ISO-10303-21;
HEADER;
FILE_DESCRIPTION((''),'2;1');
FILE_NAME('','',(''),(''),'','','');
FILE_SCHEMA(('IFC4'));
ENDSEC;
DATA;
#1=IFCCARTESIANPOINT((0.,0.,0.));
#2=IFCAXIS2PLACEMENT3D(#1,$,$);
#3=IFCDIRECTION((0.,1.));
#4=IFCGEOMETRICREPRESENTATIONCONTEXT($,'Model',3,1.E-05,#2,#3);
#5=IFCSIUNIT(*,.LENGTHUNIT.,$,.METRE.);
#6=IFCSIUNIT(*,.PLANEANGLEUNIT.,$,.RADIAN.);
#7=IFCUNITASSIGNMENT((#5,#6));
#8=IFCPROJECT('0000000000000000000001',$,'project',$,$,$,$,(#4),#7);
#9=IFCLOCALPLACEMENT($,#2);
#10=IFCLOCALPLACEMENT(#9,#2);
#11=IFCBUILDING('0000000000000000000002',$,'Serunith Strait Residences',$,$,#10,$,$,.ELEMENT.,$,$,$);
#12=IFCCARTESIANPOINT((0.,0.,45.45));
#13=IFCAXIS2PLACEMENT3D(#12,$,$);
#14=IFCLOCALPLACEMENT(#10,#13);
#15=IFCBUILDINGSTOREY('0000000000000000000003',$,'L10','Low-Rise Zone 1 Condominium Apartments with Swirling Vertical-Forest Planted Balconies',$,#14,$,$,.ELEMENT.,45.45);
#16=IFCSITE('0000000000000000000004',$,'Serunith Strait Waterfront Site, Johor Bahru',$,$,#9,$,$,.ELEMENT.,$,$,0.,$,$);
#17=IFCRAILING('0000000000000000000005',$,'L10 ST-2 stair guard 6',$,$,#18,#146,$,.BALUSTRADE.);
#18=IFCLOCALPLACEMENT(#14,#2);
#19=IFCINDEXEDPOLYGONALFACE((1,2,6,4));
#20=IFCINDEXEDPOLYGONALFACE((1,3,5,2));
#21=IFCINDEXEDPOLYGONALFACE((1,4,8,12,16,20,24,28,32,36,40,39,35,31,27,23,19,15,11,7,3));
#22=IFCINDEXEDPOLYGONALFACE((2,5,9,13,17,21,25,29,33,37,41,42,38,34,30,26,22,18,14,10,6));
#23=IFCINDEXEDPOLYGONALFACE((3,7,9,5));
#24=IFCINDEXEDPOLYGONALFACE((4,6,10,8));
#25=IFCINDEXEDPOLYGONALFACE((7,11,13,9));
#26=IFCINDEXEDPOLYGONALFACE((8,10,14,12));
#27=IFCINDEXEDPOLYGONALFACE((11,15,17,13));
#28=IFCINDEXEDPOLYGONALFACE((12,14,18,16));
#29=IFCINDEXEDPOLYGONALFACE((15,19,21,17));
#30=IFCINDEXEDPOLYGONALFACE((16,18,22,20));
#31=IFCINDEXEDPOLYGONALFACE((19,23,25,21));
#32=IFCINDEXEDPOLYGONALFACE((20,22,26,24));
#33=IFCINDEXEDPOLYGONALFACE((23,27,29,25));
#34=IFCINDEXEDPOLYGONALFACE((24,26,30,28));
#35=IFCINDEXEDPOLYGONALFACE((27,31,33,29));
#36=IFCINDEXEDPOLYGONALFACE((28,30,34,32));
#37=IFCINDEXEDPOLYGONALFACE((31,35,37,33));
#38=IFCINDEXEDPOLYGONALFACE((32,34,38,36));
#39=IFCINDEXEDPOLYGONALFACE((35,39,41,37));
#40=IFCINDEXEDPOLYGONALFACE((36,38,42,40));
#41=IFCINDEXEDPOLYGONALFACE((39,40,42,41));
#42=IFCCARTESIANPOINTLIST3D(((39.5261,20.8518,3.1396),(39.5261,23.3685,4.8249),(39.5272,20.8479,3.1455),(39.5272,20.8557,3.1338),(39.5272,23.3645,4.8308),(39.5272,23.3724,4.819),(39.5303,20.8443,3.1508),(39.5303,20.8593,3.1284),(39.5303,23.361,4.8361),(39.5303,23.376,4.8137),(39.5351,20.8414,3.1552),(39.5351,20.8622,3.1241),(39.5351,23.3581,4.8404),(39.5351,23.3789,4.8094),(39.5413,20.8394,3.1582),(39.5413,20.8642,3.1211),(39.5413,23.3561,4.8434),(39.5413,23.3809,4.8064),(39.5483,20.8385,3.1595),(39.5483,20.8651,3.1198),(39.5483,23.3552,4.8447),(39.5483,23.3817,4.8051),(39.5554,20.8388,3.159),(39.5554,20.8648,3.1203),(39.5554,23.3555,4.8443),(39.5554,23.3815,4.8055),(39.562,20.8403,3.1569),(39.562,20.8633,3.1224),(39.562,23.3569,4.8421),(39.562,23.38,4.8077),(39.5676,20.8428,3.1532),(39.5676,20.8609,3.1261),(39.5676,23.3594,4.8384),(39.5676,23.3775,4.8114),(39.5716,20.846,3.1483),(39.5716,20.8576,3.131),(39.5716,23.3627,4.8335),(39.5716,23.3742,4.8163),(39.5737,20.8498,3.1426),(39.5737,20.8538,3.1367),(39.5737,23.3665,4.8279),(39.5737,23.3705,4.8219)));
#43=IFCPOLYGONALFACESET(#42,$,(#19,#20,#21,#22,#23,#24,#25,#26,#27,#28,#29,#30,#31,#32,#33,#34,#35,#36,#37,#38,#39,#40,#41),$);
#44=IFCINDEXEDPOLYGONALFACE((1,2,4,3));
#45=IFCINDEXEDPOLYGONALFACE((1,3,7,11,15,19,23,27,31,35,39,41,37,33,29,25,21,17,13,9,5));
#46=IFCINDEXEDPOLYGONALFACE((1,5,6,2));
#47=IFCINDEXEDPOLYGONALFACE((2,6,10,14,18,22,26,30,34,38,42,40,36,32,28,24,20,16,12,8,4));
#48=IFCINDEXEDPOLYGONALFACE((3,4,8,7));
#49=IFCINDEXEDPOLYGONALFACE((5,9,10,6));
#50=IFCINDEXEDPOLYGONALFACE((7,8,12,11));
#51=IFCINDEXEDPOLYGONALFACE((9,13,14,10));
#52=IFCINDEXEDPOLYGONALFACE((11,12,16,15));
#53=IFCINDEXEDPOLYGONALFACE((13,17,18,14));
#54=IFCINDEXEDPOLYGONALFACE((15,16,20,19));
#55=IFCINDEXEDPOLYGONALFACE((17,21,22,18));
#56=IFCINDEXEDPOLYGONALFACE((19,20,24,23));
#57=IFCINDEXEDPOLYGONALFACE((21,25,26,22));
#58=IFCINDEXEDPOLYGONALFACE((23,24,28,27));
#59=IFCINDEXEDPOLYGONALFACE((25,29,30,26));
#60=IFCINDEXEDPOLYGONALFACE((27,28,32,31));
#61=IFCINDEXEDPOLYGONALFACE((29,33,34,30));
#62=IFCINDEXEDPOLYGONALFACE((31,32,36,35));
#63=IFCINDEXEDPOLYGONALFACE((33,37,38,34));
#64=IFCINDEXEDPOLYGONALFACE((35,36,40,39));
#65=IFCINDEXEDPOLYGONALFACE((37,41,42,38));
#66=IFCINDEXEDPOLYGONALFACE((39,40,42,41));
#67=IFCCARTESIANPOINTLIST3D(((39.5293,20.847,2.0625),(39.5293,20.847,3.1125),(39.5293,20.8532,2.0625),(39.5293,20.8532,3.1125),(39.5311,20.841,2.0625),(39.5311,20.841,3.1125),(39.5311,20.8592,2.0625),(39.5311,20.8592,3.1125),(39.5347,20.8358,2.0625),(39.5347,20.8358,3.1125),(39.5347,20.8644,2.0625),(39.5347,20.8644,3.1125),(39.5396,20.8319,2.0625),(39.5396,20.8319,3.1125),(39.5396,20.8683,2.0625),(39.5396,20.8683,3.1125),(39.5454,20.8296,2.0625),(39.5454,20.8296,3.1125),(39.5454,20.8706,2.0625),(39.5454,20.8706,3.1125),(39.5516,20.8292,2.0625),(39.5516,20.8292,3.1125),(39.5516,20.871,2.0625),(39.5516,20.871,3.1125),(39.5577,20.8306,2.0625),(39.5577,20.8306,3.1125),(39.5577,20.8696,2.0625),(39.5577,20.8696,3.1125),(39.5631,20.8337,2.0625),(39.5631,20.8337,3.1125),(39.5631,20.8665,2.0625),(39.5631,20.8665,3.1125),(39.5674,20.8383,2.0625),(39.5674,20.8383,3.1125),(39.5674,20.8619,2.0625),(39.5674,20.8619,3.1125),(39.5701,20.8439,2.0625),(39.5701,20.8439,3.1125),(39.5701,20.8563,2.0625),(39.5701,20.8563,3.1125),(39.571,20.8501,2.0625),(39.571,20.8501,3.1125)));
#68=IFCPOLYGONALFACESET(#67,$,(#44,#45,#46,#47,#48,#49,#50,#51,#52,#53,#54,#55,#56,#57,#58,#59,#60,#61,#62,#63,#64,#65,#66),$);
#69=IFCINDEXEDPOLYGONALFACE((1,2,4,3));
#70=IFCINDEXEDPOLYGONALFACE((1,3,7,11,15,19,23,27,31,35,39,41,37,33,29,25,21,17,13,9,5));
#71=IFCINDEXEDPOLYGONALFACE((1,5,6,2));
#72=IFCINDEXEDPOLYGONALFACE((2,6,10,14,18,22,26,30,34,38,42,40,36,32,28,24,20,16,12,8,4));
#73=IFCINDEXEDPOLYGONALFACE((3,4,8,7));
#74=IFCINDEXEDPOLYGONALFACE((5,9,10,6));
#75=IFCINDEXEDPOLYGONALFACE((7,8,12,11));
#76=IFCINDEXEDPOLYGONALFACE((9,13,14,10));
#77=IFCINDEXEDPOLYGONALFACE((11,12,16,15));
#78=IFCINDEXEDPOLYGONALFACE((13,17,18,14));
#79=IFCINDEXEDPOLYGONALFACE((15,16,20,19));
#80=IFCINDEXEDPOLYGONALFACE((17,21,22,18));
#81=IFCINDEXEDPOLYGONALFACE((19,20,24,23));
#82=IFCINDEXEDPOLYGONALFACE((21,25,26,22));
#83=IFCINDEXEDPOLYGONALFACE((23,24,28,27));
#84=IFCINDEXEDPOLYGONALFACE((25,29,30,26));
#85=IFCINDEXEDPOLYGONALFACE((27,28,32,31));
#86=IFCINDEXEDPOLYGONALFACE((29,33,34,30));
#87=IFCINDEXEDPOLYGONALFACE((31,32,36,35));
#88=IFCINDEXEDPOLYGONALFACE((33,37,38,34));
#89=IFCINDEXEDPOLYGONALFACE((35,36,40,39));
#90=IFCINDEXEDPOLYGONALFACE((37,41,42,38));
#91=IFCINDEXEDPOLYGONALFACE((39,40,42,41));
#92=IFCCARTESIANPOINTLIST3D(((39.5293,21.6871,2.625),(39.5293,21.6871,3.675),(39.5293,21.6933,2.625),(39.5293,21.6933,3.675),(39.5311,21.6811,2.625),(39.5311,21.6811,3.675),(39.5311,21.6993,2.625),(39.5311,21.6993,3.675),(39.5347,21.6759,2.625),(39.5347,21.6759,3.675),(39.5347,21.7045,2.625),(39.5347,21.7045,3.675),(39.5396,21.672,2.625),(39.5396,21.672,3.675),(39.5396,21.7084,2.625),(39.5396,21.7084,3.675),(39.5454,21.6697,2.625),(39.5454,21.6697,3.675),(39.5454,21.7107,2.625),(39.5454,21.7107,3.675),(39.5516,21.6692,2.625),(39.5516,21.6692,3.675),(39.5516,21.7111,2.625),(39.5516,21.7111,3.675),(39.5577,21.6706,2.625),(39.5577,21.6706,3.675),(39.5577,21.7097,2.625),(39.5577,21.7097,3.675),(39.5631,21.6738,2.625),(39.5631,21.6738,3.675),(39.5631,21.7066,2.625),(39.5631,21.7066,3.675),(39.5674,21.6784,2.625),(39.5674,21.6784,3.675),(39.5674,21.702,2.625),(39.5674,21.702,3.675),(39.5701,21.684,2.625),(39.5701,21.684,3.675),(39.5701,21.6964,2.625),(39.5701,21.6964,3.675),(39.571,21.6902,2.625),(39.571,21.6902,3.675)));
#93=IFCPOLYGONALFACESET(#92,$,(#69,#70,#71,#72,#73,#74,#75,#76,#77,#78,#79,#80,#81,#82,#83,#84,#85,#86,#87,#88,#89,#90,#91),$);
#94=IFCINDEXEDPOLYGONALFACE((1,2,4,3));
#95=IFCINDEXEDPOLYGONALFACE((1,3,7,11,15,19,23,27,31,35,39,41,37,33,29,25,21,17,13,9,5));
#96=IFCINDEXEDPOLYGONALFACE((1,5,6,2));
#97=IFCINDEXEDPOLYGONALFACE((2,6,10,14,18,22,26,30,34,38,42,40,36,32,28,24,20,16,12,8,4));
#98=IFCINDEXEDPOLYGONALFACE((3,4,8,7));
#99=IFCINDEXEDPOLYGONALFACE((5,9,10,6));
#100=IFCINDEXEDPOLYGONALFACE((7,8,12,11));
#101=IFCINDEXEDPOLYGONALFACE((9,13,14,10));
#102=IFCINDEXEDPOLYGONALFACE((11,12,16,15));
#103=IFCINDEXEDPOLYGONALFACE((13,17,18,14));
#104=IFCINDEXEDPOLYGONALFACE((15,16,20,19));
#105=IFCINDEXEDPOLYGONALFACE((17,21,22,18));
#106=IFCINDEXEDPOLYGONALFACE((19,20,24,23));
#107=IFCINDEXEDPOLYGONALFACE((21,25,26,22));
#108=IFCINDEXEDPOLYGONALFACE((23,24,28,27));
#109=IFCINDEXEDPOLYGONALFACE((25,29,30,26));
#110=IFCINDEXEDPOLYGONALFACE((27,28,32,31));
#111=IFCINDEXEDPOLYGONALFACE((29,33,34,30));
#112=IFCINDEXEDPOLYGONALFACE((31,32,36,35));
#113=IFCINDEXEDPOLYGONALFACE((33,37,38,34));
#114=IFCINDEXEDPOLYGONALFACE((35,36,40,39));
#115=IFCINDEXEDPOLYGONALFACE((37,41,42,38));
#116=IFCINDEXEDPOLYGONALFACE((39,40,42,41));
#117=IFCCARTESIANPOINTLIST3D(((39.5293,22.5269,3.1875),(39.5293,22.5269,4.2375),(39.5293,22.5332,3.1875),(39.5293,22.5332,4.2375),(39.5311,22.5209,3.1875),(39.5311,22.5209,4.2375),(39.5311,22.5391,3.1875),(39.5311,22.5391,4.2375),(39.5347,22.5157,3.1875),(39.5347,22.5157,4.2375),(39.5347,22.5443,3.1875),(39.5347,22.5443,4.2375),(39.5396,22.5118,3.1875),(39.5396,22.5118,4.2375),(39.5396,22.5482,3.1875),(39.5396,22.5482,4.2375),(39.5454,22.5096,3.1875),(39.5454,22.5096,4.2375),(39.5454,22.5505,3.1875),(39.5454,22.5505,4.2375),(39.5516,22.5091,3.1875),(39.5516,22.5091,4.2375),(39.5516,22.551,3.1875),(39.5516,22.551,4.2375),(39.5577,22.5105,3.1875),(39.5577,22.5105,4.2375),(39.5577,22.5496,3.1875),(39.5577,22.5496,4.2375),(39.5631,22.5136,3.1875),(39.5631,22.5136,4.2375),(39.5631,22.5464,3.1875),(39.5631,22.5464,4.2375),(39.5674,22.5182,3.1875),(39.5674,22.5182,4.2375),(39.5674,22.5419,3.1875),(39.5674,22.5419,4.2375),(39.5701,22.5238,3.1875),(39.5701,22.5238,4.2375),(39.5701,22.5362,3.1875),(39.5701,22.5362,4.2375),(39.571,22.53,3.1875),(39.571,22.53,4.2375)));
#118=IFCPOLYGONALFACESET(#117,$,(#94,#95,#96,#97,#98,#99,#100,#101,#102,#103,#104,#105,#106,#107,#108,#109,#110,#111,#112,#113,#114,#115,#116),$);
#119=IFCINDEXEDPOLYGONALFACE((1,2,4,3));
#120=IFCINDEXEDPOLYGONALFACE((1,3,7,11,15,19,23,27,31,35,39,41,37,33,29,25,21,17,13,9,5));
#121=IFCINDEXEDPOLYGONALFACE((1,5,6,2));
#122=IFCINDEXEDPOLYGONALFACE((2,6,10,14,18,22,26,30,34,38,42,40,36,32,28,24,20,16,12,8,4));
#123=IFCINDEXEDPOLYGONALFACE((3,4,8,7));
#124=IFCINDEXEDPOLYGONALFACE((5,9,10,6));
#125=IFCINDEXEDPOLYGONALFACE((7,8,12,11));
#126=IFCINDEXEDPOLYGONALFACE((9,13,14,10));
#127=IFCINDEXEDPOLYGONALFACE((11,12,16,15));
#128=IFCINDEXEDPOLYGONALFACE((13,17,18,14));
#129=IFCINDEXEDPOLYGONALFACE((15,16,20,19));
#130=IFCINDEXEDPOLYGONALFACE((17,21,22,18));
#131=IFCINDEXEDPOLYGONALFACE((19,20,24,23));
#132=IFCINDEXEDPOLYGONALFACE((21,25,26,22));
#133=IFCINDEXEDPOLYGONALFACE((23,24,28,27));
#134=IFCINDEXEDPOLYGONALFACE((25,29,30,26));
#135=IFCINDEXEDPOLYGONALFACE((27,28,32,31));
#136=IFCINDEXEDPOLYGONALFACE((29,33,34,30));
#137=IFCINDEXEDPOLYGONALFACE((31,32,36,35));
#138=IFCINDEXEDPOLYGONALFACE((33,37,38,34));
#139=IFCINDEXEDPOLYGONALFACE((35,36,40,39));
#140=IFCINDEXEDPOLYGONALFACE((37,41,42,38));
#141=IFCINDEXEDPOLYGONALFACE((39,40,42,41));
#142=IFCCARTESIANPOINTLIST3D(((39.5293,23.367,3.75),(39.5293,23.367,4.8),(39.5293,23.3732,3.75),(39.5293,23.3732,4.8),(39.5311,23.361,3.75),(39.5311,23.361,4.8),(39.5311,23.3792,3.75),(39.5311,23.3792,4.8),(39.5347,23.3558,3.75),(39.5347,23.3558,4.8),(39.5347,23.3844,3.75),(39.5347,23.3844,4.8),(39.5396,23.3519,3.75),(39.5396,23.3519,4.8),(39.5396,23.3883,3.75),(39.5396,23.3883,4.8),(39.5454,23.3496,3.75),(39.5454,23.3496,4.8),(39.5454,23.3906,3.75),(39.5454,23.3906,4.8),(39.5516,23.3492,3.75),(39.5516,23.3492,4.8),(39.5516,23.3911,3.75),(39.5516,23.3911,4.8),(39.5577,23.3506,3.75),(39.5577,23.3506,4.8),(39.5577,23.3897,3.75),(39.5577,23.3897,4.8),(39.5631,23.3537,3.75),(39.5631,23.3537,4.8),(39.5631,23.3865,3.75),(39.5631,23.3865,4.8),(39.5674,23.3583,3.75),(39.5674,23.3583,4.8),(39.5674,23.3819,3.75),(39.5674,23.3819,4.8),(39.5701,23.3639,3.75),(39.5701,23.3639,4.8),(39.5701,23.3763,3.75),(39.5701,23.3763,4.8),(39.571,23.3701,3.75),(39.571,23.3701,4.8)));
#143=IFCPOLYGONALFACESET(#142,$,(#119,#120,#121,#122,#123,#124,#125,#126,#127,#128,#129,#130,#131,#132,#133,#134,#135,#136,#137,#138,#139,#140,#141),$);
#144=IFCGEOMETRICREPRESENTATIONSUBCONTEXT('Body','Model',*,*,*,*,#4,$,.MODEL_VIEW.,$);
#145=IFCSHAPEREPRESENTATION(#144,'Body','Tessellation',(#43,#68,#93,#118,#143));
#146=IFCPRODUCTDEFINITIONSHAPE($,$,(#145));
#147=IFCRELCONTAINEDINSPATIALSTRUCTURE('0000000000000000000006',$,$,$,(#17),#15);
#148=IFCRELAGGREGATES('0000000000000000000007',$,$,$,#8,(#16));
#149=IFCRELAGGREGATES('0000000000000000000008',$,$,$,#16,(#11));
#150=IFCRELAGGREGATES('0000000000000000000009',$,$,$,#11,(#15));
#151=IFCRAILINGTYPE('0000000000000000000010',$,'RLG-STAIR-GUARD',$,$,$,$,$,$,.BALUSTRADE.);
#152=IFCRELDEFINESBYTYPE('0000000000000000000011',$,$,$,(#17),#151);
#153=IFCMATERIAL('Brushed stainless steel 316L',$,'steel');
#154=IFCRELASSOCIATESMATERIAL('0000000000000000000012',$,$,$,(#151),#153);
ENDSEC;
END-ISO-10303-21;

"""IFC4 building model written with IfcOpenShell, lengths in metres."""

from ifc_helpers import new_model, si_unit, direction, frame, origin, origin_2d, place, context, subcontext, project, spatial, circle, extrude, material, type_object, element, save


model = new_model("IFC4")

# Units and contexts
model_context = context("Model", 3, precision=1e-05, world=origin(), true_north=direction((0.0, 1.0)))
body_context = subcontext(model_context, "Body", "Model", "MODEL_VIEW")
ifc_project = project(units=[si_unit("LENGTHUNIT", "METRE"), si_unit("PLANEANGLEUNIT", "RADIAN")], contexts=[model_context])

# Site, building, storey
site_placement = place(None, origin())
site = spatial("IfcSite", under=ifc_project, at=site_placement, Name="Serunith Strait Waterfront Site, Johor Bahru", CompositionType="ELEMENT", RefElevation=0.0)
building_placement = place(site_placement, origin())
building = spatial("IfcBuilding", under=site, at=building_placement, Name="Serunith Strait Residences", CompositionType="ELEMENT")
storey_placement = place(building_placement, frame((0.0, 0.0, 45.45)))
storey = spatial("IfcBuildingStorey", under=building, at=storey_placement, Name="L10", Description="Low-Rise Zone 1 Condominium Apartments with Swirling Vertical-Forest Planted Balconies", CompositionType="ELEMENT", Elevation=45.45)

# Railing
ifc_material_1 = material(Name="Brushed stainless steel 316L", Category="steel")
railing_type_1 = type_object("IfcRailingType", Name="RLG-STAIR-GUARD", PredefinedType="BALUSTRADE", material=ifc_material_1)
railing_1_placement = place(storey_placement, frame((39.55, 20.8501, 2.0625)))
element("IfcRailing", 1, at=railing_1_placement, inside=storey, type_object=railing_type_1, Name="L10 ST-2 stair guard 6", PredefinedType="BALUSTRADE", context=body_context, shape_type="SweptSolid", body=[
    extrude(circle(Radius=0.0239, at=origin_2d()), frame((0.0, 0.0017, 1.0771), z_axis=(0.0, 0.830909, 0.556408), x_axis=(-1.0, 0.0, 0.0)), (0.0, 0.0, 1.0), 3.0288),
    extrude(circle(Radius=0.021, at=origin_2d()), origin(), (0.0, 0.0, 1.0), 1.05),
    extrude(circle(Radius=0.021, at=origin_2d()), frame((0.0, 0.8401, 0.5625)), (0.0, 0.0, 1.0), 1.05),
    extrude(circle(Radius=0.021, at=origin_2d()), frame((0.0, 1.6799, 1.125)), (0.0, 0.0, 1.0), 1.05),
    extrude(circle(Radius=0.021, at=origin_2d()), frame((0.0, 2.52, 1.6875)), (0.0, 0.0, 1.0), 1.05),
])

save(model, "model.ifc")
